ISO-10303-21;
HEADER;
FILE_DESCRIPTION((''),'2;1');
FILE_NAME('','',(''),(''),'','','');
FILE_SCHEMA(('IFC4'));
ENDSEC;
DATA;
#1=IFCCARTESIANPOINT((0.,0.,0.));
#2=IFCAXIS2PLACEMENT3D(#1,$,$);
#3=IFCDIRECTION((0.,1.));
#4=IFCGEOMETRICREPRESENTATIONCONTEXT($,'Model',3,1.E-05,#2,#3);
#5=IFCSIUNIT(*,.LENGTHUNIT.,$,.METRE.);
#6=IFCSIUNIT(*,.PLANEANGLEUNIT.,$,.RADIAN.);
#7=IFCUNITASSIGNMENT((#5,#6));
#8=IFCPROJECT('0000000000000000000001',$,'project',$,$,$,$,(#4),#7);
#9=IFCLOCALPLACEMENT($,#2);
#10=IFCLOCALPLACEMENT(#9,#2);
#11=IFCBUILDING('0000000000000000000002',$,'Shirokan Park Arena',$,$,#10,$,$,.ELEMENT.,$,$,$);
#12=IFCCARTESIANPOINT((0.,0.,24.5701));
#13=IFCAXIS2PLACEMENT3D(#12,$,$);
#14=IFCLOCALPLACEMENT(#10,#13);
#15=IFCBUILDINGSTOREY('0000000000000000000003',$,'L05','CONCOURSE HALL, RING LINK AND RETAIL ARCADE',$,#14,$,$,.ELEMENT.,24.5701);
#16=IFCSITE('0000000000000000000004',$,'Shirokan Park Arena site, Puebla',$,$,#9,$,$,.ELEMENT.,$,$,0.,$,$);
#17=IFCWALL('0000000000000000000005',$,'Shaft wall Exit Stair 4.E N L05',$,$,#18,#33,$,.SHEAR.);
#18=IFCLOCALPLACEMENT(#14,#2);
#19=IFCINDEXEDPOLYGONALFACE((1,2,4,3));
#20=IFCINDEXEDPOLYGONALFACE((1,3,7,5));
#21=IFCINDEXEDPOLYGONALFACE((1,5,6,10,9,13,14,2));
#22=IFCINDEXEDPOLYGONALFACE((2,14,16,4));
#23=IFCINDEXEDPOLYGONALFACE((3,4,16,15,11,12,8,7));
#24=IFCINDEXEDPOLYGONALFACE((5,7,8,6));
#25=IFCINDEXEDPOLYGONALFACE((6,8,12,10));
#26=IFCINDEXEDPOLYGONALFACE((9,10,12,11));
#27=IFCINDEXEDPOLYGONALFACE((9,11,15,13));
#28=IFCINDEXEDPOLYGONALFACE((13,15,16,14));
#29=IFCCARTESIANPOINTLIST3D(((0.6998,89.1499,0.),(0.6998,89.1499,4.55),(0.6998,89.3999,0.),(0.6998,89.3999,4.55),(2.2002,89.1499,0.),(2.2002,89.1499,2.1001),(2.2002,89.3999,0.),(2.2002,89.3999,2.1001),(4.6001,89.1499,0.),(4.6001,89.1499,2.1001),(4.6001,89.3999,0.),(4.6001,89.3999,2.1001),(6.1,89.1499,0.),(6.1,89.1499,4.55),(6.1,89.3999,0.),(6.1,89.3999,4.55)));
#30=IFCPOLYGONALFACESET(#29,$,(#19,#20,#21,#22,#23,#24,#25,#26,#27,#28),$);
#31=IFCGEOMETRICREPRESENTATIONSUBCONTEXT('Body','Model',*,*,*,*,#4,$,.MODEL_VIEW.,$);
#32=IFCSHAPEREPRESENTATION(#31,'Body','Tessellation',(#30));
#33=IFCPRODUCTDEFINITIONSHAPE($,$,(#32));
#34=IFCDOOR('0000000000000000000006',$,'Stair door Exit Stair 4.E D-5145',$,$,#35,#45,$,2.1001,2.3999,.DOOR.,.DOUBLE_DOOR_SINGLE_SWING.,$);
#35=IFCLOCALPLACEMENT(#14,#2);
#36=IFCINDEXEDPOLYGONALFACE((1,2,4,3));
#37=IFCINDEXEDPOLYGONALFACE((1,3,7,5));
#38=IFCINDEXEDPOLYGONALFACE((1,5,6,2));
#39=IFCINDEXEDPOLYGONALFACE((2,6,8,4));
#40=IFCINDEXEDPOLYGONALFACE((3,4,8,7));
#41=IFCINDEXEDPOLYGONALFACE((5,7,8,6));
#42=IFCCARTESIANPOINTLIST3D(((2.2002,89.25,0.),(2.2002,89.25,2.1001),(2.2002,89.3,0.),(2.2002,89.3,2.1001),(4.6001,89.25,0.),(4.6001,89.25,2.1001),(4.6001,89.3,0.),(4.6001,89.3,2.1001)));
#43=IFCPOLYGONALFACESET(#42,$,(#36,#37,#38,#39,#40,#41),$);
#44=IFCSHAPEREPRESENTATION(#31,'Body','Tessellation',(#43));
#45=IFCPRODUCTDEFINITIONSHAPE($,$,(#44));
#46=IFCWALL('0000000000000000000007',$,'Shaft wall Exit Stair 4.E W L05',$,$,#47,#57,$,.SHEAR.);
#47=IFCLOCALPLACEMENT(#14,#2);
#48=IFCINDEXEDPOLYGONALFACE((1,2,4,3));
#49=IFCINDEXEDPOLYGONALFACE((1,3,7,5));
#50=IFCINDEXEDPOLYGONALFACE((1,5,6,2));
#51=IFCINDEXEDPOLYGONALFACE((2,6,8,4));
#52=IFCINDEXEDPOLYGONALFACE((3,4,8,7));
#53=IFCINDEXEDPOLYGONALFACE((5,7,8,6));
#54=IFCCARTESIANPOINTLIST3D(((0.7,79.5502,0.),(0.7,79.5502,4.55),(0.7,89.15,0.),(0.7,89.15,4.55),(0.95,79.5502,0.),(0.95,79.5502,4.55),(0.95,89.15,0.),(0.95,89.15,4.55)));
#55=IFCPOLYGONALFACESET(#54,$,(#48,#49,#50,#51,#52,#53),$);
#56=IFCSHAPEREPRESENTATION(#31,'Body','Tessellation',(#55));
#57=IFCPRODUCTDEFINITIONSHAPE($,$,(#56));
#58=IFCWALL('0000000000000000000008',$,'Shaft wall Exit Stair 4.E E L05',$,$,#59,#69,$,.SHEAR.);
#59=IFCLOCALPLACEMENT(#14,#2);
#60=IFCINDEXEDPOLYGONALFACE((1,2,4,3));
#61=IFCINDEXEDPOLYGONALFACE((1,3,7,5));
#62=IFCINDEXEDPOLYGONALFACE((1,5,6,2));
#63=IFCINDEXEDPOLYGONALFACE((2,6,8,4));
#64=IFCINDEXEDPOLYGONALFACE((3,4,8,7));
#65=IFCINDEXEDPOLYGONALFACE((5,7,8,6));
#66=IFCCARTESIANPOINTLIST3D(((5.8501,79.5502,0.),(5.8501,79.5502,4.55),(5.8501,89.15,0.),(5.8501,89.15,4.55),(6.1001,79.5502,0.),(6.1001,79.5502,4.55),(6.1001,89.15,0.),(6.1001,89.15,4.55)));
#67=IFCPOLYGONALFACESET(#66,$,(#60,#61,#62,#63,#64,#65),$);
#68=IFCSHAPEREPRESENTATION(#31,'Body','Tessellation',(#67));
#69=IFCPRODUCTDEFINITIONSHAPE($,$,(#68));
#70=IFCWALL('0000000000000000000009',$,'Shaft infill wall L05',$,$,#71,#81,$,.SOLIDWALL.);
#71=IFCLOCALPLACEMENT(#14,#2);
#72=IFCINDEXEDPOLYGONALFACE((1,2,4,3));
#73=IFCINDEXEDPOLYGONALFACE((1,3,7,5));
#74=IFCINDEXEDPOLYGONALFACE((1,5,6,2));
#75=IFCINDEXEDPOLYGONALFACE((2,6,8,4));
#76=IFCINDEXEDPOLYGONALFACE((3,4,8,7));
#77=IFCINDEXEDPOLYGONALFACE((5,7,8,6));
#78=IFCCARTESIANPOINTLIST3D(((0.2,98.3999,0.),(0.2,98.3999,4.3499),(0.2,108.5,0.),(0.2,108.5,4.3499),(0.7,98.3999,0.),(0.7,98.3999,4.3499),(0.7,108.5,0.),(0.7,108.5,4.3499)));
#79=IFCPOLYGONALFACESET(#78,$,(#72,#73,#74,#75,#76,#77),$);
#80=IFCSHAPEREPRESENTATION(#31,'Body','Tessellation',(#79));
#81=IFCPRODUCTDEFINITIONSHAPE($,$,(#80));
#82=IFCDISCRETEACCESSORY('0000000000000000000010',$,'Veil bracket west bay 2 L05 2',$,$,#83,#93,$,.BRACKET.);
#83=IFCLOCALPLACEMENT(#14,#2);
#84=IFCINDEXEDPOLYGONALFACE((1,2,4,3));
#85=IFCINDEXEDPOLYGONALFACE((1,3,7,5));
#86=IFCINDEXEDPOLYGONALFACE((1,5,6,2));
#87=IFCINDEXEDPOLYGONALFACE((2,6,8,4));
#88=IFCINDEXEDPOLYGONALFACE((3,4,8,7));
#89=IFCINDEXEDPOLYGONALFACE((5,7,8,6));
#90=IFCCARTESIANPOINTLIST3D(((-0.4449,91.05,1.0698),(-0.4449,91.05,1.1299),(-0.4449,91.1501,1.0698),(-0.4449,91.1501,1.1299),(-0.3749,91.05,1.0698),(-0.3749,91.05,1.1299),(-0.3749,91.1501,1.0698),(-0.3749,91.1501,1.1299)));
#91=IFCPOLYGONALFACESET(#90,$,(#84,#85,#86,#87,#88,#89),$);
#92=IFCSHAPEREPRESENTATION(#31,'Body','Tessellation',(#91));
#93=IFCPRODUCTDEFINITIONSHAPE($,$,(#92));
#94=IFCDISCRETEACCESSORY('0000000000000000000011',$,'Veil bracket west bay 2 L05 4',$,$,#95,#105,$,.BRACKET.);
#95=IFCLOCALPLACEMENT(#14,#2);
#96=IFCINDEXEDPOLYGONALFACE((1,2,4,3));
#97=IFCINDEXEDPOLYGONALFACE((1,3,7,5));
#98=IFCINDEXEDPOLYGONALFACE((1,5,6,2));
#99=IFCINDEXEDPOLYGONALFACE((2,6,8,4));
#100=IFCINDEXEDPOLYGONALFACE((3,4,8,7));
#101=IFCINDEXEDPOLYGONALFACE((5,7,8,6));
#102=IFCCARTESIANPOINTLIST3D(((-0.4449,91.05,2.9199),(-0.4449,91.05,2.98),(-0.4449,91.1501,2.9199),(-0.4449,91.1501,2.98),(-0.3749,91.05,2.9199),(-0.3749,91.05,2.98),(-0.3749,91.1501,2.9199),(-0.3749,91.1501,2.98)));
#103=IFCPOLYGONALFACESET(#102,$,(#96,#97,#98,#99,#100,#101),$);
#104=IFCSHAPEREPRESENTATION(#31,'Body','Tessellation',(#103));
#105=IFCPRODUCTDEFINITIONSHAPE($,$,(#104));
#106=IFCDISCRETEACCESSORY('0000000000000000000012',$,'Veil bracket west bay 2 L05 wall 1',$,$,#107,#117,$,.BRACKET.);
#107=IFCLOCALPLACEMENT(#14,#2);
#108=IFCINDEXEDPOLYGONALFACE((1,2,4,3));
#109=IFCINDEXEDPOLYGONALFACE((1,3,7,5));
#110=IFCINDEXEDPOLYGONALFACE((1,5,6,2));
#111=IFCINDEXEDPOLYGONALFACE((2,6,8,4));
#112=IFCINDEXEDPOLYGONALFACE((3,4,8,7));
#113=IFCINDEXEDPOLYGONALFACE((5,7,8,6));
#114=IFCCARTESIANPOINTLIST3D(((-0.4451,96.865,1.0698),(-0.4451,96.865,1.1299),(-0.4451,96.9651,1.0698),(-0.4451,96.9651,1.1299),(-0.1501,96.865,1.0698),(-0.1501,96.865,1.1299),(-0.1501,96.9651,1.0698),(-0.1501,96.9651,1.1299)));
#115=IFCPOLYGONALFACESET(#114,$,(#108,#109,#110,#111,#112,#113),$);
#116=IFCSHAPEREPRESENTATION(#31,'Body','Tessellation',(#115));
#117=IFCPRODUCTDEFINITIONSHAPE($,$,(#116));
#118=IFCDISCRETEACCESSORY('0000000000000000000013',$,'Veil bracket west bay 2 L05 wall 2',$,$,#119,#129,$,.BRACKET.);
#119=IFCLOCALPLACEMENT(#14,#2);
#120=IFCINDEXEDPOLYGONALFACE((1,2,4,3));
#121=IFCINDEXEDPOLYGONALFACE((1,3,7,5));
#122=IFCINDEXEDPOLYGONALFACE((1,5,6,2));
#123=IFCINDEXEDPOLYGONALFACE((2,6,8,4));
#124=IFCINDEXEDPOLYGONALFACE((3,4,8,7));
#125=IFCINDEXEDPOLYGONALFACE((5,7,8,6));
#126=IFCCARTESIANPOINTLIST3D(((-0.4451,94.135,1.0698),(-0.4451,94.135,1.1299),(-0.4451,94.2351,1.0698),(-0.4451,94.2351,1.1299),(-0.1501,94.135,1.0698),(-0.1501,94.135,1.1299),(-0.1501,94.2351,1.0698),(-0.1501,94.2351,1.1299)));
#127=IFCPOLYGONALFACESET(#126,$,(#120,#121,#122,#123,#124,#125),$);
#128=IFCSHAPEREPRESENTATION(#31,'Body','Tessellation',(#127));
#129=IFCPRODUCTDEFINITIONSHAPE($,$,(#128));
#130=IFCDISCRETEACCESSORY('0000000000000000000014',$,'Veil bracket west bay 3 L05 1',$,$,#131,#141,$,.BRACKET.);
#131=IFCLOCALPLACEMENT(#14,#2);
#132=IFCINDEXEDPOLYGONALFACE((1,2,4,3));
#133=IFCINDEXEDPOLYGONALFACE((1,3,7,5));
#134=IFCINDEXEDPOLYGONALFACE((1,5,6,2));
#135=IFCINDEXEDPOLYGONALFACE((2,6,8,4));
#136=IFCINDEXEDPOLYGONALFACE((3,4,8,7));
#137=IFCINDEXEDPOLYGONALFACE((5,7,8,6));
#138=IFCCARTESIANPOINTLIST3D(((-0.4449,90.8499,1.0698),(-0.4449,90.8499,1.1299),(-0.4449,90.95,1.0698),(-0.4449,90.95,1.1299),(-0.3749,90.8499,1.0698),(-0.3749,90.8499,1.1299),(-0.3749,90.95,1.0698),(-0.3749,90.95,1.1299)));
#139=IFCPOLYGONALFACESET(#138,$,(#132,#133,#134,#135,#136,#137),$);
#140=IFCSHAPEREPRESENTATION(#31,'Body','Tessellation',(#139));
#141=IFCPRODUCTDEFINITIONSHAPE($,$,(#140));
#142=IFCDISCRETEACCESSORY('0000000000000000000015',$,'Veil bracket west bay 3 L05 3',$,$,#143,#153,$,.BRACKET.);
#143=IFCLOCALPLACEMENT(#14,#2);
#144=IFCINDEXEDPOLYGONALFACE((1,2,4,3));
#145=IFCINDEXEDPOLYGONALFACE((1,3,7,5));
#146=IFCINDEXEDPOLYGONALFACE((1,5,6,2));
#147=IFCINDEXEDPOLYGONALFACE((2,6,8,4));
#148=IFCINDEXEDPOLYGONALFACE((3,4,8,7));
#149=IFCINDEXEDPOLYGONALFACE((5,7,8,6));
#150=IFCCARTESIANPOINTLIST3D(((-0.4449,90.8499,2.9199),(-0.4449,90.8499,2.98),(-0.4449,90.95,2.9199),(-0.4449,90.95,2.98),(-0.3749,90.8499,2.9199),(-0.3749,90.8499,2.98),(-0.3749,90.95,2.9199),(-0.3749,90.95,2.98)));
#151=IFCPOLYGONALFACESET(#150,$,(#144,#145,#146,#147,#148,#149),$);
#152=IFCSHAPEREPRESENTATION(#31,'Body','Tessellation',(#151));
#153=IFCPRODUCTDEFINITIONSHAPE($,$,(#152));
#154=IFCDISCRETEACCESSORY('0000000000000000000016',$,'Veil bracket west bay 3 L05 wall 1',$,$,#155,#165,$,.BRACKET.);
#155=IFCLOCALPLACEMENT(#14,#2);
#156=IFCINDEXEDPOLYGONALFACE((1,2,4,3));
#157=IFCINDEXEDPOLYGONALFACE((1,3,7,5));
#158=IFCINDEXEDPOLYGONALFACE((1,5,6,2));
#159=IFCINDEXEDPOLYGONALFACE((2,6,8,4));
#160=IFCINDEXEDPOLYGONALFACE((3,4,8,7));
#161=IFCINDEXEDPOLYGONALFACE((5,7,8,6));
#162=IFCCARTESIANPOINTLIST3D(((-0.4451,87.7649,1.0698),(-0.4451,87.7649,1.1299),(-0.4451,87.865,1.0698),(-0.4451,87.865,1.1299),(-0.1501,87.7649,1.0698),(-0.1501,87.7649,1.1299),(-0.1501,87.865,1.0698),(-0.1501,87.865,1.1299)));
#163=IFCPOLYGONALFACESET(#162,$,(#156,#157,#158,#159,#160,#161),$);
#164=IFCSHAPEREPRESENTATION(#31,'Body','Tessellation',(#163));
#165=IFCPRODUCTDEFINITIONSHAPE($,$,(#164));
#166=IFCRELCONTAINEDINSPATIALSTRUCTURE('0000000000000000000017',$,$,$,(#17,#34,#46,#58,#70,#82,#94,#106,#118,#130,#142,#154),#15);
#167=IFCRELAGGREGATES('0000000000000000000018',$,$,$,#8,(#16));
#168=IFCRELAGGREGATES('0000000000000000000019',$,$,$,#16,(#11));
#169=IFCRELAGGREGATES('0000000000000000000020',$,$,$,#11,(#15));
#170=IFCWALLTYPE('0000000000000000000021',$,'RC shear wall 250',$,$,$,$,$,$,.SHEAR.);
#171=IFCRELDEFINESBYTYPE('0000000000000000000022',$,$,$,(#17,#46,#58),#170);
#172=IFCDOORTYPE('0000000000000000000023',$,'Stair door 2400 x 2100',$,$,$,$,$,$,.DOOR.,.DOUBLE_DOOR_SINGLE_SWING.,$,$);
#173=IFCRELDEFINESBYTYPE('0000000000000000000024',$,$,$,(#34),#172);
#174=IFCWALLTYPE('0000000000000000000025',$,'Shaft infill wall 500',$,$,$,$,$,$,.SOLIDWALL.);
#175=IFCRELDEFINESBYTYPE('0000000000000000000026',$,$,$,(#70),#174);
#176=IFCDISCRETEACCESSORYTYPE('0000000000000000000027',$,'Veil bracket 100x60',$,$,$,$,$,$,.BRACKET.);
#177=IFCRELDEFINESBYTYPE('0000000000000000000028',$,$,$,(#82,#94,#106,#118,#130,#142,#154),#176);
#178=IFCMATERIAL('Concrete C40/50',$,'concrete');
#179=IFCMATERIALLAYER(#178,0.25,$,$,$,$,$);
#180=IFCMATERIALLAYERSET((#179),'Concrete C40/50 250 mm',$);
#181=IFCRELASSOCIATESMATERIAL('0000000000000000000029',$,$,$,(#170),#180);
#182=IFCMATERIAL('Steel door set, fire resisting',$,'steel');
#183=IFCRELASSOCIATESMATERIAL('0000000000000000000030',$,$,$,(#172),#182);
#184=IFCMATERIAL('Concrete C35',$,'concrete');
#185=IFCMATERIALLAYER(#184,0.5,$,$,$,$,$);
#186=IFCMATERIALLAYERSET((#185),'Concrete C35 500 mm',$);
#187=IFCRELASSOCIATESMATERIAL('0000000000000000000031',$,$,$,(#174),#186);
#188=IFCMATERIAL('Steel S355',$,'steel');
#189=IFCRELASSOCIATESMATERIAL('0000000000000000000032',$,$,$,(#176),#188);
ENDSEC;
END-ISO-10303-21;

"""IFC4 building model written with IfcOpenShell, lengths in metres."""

from ifc_helpers import new_model, si_unit, direction, frame, frame_2d, origin, origin_2d, place, context, subcontext, project, spatial, rectangle, extrude, material, layer, layer_set, type_object, element, fill, save


model = new_model("IFC4")

# Units and contexts
model_context = context("Model", 3, precision=1e-05, world=origin(), true_north=direction((0.0, 1.0)))
body_context = subcontext(model_context, "Body", "Model", "MODEL_VIEW")
ifc_project = project(units=[si_unit("LENGTHUNIT", "METRE"), si_unit("PLANEANGLEUNIT", "RADIAN")], contexts=[model_context])

# Site, building, storey
site_placement = place(None, origin())
site = spatial("IfcSite", under=ifc_project, at=site_placement, Name="Shirokan Park Arena site, Puebla", CompositionType="ELEMENT", RefElevation=0.0)
building_placement = place(site_placement, origin())
building = spatial("IfcBuilding", under=site, at=building_placement, Name="Shirokan Park Arena", CompositionType="ELEMENT")
storey_placement = place(building_placement, frame((0.0, 0.0, 24.5701)))
storey = spatial("IfcBuildingStorey", under=building, at=storey_placement, Name="L05", Description="CONCOURSE HALL, RING LINK AND RETAIL ARCADE", CompositionType="ELEMENT", Elevation=24.5701)

# Shared definitions
ifc_material_1 = material(Name="Concrete C35", Category="concrete")

# Wall, opening, door
ifc_material_2 = material(Name="Concrete C40/50", Category="concrete")
ifc_layer_1 = layer(ifc_material_2, 0.25)
ifc_layer_set_1 = layer_set([ifc_layer_1], Name="Concrete C40/50 250 mm")
wall_type_1 = type_object("IfcWallType", Name="RC shear wall 250", PredefinedType="SHEAR", material=ifc_layer_set_1)
ifc_material_3 = material(Name="Steel door set, fire resisting", Category="steel")
door_type_1 = type_object("IfcDoorType", Name="Stair door 2400 x 2100", OperationType="DOUBLE_DOOR_SINGLE_SWING", PredefinedType="DOOR", material=ifc_material_3)
wall_1_placement = place(storey_placement, frame((6.1001, 89.2749, 0.0), z_axis=(0.0, 0.0, 1.0), x_axis=(-1.0, 0.0, 0.0)))
wall_1 = element("IfcWall", 1, at=wall_1_placement, inside=storey, type_object=wall_type_1, Name="Shaft wall Exit Stair 4.E N L05", PredefinedType="SHEAR", context=body_context, shape_type="SweptSolid", body=[
    extrude(rectangle(XDim=5.4001, YDim=0.25, at=frame_2d((2.7002, 0.0))), origin(), (0.0, 0.0, 1.0), 4.55),
])
opening_1_placement = place(wall_1_placement, frame((1.5, 0.0, 0.0)))
opening_1 = element("IfcOpeningElement", 2, at=opening_1_placement, cuts=wall_1, PredefinedType="OPENING", context=body_context, shape_type="SweptSolid", body=[
    extrude(rectangle(XDim=2.3999, YDim=2.1001, at=frame_2d((1.2, 1.05))), frame((0.0, 0.135, 0.0), z_axis=(0.0, -1.0, 0.0), x_axis=(1.0, 0.0, 0.0)), (0.0, 0.0, 1.0), 0.27),
])
door_1_placement = place(opening_1_placement, origin())
door_1 = element("IfcDoor", 3, at=door_1_placement, inside=storey, type_object=door_type_1, Name="Stair door Exit Stair 4.E D-5145", OperationType="DOUBLE_DOOR_SINGLE_SWING", OverallHeight=2.1001, OverallWidth=2.3999, PredefinedType="DOOR", context=body_context, shape_type="SweptSolid", body=[
    extrude(rectangle(XDim=2.3999, YDim=2.1001, at=frame_2d((1.2, 1.05))), frame((0.0, 0.0249, 0.0), z_axis=(0.0, -1.0, 0.0), x_axis=(1.0, 0.0, 0.0)), (0.0, 0.0, 1.0), 0.05),
])
fill(opening_1, door_1)

# Walls
for number, where, z_axis, x_axis, name in (
    (4, (0.825, 89.1499, 0.0), (0.0, 0.0, 1.0), (0.0, -1.0, 0.0), "Shaft wall Exit Stair 4.E W L05"),
    (5, (5.9751, 89.1499, 0.0), (0.0, 0.0, 1.0), (0.0, -1.0, 0.0), "Shaft wall Exit Stair 4.E E L05"),
):
    element("IfcWall", number, at=place(storey_placement, frame(where, z_axis=z_axis, x_axis=x_axis)), inside=storey, type_object=wall_type_1, Name=name, PredefinedType="SHEAR", context=body_context, shape_type="SweptSolid", body=[
        extrude(rectangle(XDim=9.5999, YDim=0.25, at=frame_2d((4.7998, 0.0))), origin(), (0.0, 0.0, 1.0), 4.55),
    ])
ifc_layer_2 = layer(ifc_material_1, 0.5)
ifc_layer_set_2 = layer_set([ifc_layer_2], Name="Concrete C35 500 mm")
wall_type_2 = type_object("IfcWallType", Name="Shaft infill wall 500", PredefinedType="SOLIDWALL", material=ifc_layer_set_2)
wall_2_placement = place(storey_placement, frame((0.45, 98.3999, 0.0), z_axis=(0.0, 0.0, 1.0), x_axis=(0.0, 1.0, 0.0)))
element("IfcWall", 6, at=wall_2_placement, inside=storey, type_object=wall_type_2, Name="Shaft infill wall L05", PredefinedType="SOLIDWALL", context=body_context, shape_type="SweptSolid", body=[
    extrude(rectangle(XDim=10.1001, YDim=0.5, at=frame_2d((5.05, 0.0))), origin(), (0.0, 0.0, 1.0), 4.3499),
])

# Discrete accessories
ifc_material_4 = material(Name="Steel S355", Category="steel")
discrete_accessory_type = type_object("IfcDiscreteAccessoryType", Name="Veil bracket 100x60", PredefinedType="BRACKET", material=ifc_material_4)
for number, where, z_axis, x_axis, name in (
    (7, (-0.4099, 91.1001, 1.0698), (0.0, 0.0, 1.0), (0.0, -1.0, 0.0), "Veil bracket west bay 2 L05 2"),
    (8, (-0.4099, 91.1001, 2.9199), (0.0, 0.0, 1.0), (0.0, -1.0, 0.0), "Veil bracket west bay 2 L05 4"),
):
    element("IfcDiscreteAccessory", number, at=place(storey_placement, frame(where, z_axis=z_axis, x_axis=x_axis)), inside=storey, type_object=discrete_accessory_type, Name=name, PredefinedType="BRACKET", context=body_context, shape_type="SweptSolid", body=[
        extrude(rectangle(XDim=0.1001, YDim=0.0701, at=origin_2d()), origin(), (0.0, 0.0, 1.0), 0.0601),
    ])
for number, where, z_axis, x_axis, name in (
    (9, (-0.2976, 96.915, 1.0698), (0.0, 0.0, 1.0), (0.0, -1.0, 0.0), "Veil bracket west bay 2 L05 wall 1"),
    (10, (-0.2976, 94.1851, 1.0698), (0.0, 0.0, 1.0), (0.0, -1.0, 0.0), "Veil bracket west bay 2 L05 wall 2"),
):
    element("IfcDiscreteAccessory", number, at=place(storey_placement, frame(where, z_axis=z_axis, x_axis=x_axis)), inside=storey, type_object=discrete_accessory_type, Name=name, PredefinedType="BRACKET", context=body_context, shape_type="SweptSolid", body=[
        extrude(rectangle(XDim=0.1001, YDim=0.2949, at=origin_2d()), origin(), (0.0, 0.0, 1.0), 0.0601),
    ])
for number, where, z_axis, x_axis, name in (
    (11, (-0.4099, 90.8999, 1.0698), (0.0, 0.0, 1.0), (0.0, -1.0, 0.0), "Veil bracket west bay 3 L05 1"),
    (12, (-0.4099, 90.8999, 2.9199), (0.0, 0.0, 1.0), (0.0, -1.0, 0.0), "Veil bracket west bay 3 L05 3"),
):
    element("IfcDiscreteAccessory", number, at=place(storey_placement, frame(where, z_axis=z_axis, x_axis=x_axis)), inside=storey, type_object=discrete_accessory_type, Name=name, PredefinedType="BRACKET", context=body_context, shape_type="SweptSolid", body=[
        extrude(rectangle(XDim=0.1001, YDim=0.0701, at=origin_2d()), origin(), (0.0, 0.0, 1.0), 0.0601),
    ])
discrete_accessory_placement = place(storey_placement, frame((-0.2976, 87.8149, 1.0698), z_axis=(0.0, 0.0, 1.0), x_axis=(0.0, -1.0, 0.0)))
element("IfcDiscreteAccessory", 13, at=discrete_accessory_placement, inside=storey, type_object=discrete_accessory_type, Name="Veil bracket west bay 3 L05 wall 1", PredefinedType="BRACKET", context=body_context, shape_type="SweptSolid", body=[
    extrude(rectangle(XDim=0.1001, YDim=0.2949, at=origin_2d()), origin(), (0.0, 0.0, 1.0), 0.0601),
])

save(model, "model.ifc")
